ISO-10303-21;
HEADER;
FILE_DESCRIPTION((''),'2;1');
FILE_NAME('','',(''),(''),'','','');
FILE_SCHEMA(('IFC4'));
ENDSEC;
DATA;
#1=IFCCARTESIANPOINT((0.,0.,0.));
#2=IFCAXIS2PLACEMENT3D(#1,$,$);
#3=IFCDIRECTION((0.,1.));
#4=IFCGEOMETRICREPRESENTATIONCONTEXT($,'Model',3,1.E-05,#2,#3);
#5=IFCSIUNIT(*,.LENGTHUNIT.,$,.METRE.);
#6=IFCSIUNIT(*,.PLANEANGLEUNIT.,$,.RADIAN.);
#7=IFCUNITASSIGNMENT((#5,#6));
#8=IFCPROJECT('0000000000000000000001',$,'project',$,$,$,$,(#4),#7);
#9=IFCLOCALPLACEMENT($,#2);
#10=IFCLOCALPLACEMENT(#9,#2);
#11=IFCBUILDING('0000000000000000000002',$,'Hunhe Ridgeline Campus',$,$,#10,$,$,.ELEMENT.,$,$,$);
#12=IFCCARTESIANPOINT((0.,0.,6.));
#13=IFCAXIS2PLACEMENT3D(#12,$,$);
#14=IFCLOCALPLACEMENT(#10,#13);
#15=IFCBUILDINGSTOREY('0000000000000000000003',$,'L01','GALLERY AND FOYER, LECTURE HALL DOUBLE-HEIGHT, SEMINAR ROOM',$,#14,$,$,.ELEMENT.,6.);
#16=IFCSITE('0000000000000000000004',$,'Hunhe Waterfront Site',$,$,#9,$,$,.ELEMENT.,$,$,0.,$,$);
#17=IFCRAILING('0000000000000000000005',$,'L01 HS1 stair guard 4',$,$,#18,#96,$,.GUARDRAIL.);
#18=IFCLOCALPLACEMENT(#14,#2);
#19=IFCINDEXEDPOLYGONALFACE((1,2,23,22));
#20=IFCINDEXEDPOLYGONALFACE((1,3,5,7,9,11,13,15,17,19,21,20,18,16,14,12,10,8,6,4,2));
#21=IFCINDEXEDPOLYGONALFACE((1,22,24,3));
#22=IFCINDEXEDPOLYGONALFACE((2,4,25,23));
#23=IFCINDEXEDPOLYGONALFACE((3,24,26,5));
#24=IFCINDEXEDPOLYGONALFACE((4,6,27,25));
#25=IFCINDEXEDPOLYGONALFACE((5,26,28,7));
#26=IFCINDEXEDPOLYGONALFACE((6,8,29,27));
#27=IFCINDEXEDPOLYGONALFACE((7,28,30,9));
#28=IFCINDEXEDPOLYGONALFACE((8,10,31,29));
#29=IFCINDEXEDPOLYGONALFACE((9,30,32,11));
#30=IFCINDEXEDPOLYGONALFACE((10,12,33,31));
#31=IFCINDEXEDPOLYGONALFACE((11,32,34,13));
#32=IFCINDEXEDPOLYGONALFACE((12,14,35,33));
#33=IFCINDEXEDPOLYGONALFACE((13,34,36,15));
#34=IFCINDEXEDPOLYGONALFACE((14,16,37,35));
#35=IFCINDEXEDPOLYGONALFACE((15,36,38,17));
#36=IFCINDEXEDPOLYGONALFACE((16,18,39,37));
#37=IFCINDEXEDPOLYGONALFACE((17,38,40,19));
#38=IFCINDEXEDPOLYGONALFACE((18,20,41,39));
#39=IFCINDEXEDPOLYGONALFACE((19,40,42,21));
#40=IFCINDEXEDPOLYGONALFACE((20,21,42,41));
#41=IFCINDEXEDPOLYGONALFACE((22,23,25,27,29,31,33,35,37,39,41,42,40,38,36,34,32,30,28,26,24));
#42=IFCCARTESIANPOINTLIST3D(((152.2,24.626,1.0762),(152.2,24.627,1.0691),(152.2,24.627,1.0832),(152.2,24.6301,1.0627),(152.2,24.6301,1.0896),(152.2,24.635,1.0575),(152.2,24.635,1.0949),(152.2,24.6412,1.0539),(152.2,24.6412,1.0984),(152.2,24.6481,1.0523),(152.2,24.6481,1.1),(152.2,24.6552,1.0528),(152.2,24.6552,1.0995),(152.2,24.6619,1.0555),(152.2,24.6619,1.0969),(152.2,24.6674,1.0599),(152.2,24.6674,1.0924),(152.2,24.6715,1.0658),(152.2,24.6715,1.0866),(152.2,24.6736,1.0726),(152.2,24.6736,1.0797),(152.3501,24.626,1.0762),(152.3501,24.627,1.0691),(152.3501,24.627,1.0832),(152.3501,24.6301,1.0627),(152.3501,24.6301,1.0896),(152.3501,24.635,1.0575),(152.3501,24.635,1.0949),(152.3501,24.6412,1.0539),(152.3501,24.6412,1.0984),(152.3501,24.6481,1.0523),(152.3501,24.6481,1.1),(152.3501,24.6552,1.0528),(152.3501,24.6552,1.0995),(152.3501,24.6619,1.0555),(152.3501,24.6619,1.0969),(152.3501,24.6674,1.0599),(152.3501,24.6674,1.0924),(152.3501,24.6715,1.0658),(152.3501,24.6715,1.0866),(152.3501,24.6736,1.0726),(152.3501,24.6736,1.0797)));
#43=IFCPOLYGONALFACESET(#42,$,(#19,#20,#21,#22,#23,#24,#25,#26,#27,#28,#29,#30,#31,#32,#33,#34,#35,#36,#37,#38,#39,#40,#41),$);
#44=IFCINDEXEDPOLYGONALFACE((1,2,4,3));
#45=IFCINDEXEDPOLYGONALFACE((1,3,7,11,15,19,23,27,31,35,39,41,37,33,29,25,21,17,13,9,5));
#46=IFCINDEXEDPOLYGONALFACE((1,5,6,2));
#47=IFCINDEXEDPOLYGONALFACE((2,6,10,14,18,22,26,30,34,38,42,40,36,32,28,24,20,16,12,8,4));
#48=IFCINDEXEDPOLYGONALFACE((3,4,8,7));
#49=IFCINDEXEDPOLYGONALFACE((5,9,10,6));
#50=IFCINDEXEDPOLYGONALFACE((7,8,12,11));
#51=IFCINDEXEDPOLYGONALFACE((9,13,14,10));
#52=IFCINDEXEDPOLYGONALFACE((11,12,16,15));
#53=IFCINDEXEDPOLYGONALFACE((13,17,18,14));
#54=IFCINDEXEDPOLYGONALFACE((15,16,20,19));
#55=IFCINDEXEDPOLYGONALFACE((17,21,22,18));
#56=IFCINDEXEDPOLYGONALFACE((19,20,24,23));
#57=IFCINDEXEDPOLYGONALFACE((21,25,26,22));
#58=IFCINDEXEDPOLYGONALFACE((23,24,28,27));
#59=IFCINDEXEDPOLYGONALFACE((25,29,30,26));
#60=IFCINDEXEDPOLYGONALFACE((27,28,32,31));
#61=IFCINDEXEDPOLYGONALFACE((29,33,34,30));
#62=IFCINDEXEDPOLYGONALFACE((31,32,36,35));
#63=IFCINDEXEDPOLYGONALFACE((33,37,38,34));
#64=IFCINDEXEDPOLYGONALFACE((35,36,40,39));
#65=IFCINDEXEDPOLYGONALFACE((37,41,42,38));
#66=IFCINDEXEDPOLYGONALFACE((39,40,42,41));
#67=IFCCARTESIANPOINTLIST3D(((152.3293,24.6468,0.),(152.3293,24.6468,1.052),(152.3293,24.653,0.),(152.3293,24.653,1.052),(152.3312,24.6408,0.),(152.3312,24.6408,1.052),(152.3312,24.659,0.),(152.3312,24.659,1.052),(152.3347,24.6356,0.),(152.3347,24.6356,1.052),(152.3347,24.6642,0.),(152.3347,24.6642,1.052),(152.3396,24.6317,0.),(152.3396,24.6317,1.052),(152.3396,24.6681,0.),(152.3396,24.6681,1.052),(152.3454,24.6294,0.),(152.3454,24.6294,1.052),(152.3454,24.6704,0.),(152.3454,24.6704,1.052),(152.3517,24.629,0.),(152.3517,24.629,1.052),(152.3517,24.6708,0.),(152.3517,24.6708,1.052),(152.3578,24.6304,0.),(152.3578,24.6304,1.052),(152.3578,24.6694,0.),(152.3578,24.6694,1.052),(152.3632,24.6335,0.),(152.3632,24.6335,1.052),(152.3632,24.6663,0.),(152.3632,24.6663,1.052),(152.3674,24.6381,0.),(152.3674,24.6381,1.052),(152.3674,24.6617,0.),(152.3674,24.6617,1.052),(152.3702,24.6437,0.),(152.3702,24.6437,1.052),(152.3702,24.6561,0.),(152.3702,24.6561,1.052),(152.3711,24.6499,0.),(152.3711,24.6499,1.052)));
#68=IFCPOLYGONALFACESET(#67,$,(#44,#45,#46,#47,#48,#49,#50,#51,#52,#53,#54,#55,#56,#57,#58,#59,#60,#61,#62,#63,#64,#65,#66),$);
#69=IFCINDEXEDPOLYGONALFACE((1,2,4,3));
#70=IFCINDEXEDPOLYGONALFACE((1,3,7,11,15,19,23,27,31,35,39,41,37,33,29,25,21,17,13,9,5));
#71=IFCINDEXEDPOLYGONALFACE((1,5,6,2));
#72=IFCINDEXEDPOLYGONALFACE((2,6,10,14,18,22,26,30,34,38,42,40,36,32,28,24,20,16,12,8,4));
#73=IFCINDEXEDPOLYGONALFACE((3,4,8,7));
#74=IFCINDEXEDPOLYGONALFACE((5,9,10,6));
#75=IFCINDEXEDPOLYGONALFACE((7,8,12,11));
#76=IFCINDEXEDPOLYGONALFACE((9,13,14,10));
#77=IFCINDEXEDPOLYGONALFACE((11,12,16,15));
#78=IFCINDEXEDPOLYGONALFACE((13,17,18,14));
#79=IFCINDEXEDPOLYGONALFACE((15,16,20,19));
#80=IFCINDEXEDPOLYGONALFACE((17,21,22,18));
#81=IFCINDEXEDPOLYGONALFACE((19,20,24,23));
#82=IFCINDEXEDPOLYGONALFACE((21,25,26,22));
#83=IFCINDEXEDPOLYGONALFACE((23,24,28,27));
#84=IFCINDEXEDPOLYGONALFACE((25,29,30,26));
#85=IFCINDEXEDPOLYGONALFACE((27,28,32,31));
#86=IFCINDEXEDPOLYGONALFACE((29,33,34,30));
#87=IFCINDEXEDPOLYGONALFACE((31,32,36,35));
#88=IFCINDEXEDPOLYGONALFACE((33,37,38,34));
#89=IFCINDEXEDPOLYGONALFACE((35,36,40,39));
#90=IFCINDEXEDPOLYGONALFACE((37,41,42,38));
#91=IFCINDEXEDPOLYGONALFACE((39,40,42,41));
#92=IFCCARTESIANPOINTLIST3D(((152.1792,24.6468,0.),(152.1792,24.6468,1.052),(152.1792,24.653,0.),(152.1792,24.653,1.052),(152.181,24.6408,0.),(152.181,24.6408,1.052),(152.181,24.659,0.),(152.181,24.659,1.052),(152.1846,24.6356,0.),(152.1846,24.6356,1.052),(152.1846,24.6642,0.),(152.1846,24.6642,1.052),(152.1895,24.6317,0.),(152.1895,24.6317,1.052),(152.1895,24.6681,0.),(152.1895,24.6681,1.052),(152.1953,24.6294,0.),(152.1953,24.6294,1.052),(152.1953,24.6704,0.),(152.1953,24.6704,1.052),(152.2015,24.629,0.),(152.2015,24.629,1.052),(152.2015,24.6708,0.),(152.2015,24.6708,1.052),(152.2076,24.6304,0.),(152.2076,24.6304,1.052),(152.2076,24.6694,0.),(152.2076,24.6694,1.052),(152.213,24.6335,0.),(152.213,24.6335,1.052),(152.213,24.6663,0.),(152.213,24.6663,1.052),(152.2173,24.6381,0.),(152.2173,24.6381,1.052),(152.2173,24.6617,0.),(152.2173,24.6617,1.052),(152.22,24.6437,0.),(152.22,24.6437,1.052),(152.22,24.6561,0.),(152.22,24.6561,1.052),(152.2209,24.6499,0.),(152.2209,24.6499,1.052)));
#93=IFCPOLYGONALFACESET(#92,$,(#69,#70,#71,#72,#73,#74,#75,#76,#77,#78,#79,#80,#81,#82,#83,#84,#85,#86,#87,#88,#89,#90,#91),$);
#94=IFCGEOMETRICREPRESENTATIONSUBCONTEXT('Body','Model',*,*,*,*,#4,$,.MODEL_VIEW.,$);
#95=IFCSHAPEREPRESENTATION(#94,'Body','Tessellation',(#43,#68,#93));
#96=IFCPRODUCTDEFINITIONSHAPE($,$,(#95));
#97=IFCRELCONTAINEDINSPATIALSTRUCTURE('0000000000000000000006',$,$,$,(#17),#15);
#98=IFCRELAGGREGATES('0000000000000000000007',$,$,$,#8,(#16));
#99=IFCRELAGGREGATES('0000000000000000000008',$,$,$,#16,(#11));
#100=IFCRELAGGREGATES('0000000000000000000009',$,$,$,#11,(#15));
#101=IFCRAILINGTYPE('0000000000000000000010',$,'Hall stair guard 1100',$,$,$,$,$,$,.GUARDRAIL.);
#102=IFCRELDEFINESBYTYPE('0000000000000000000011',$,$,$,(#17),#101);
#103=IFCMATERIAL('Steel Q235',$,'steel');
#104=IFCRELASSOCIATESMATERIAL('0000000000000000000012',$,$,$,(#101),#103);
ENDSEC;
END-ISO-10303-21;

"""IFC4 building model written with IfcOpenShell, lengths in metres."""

from ifc_helpers import new_model, si_unit, direction, frame, origin, origin_2d, place, context, subcontext, project, spatial, circle, extrude, material, type_object, element, save


model = new_model("IFC4")

# Units and contexts
model_context = context("Model", 3, precision=1e-05, world=origin(), true_north=direction((0.0, 1.0)))
body_context = subcontext(model_context, "Body", "Model", "MODEL_VIEW")
ifc_project = project(units=[si_unit("LENGTHUNIT", "METRE"), si_unit("PLANEANGLEUNIT", "RADIAN")], contexts=[model_context])

# Site, building, storey
site_placement = place(None, origin())
site = spatial("IfcSite", under=ifc_project, at=site_placement, Name="Hunhe Waterfront Site", CompositionType="ELEMENT", RefElevation=0.0)
building_placement = place(site_placement, origin())
building = spatial("IfcBuilding", under=site, at=building_placement, Name="Hunhe Ridgeline Campus", CompositionType="ELEMENT")
storey_placement = place(building_placement, frame((0.0, 0.0, 6.0)))
storey = spatial("IfcBuildingStorey", under=building, at=storey_placement, Name="L01", Description="GALLERY AND FOYER, LECTURE HALL DOUBLE-HEIGHT, SEMINAR ROOM", CompositionType="ELEMENT", Elevation=6.0)

# Shared definitions
ifc_material_1 = material(Name="Steel Q235", Category="steel")

# Railing
railing_type_1 = type_object("IfcRailingType", Name="Hall stair guard 1100", PredefinedType="GUARDRAIL", material=ifc_material_1)
railing_1_placement = place(storey_placement, frame((152.3501, 24.6499, 0.0)))
element("IfcRailing", 1, at=railing_1_placement, inside=storey, type_object=railing_type_1, Name="L01 HS1 stair guard 4", PredefinedType="GUARDRAIL", context=body_context, shape_type="SweptSolid", body=[
    extrude(circle(Radius=0.0239, at=origin_2d()), frame((0.0, 0.0, 1.0762), z_axis=(-1.0, 0.0, 0.0), x_axis=(0.0, -1.0, 0.0)), (0.0, 0.0, 1.0), 0.1501),
    extrude(circle(Radius=0.021, at=origin_2d()), origin(), (0.0, 0.0, 1.0), 1.052),
    extrude(circle(Radius=0.021, at=origin_2d()), frame((-0.1501, 0.0, 0.0)), (0.0, 0.0, 1.0), 1.052),
])

save(model, "model.ifc")
